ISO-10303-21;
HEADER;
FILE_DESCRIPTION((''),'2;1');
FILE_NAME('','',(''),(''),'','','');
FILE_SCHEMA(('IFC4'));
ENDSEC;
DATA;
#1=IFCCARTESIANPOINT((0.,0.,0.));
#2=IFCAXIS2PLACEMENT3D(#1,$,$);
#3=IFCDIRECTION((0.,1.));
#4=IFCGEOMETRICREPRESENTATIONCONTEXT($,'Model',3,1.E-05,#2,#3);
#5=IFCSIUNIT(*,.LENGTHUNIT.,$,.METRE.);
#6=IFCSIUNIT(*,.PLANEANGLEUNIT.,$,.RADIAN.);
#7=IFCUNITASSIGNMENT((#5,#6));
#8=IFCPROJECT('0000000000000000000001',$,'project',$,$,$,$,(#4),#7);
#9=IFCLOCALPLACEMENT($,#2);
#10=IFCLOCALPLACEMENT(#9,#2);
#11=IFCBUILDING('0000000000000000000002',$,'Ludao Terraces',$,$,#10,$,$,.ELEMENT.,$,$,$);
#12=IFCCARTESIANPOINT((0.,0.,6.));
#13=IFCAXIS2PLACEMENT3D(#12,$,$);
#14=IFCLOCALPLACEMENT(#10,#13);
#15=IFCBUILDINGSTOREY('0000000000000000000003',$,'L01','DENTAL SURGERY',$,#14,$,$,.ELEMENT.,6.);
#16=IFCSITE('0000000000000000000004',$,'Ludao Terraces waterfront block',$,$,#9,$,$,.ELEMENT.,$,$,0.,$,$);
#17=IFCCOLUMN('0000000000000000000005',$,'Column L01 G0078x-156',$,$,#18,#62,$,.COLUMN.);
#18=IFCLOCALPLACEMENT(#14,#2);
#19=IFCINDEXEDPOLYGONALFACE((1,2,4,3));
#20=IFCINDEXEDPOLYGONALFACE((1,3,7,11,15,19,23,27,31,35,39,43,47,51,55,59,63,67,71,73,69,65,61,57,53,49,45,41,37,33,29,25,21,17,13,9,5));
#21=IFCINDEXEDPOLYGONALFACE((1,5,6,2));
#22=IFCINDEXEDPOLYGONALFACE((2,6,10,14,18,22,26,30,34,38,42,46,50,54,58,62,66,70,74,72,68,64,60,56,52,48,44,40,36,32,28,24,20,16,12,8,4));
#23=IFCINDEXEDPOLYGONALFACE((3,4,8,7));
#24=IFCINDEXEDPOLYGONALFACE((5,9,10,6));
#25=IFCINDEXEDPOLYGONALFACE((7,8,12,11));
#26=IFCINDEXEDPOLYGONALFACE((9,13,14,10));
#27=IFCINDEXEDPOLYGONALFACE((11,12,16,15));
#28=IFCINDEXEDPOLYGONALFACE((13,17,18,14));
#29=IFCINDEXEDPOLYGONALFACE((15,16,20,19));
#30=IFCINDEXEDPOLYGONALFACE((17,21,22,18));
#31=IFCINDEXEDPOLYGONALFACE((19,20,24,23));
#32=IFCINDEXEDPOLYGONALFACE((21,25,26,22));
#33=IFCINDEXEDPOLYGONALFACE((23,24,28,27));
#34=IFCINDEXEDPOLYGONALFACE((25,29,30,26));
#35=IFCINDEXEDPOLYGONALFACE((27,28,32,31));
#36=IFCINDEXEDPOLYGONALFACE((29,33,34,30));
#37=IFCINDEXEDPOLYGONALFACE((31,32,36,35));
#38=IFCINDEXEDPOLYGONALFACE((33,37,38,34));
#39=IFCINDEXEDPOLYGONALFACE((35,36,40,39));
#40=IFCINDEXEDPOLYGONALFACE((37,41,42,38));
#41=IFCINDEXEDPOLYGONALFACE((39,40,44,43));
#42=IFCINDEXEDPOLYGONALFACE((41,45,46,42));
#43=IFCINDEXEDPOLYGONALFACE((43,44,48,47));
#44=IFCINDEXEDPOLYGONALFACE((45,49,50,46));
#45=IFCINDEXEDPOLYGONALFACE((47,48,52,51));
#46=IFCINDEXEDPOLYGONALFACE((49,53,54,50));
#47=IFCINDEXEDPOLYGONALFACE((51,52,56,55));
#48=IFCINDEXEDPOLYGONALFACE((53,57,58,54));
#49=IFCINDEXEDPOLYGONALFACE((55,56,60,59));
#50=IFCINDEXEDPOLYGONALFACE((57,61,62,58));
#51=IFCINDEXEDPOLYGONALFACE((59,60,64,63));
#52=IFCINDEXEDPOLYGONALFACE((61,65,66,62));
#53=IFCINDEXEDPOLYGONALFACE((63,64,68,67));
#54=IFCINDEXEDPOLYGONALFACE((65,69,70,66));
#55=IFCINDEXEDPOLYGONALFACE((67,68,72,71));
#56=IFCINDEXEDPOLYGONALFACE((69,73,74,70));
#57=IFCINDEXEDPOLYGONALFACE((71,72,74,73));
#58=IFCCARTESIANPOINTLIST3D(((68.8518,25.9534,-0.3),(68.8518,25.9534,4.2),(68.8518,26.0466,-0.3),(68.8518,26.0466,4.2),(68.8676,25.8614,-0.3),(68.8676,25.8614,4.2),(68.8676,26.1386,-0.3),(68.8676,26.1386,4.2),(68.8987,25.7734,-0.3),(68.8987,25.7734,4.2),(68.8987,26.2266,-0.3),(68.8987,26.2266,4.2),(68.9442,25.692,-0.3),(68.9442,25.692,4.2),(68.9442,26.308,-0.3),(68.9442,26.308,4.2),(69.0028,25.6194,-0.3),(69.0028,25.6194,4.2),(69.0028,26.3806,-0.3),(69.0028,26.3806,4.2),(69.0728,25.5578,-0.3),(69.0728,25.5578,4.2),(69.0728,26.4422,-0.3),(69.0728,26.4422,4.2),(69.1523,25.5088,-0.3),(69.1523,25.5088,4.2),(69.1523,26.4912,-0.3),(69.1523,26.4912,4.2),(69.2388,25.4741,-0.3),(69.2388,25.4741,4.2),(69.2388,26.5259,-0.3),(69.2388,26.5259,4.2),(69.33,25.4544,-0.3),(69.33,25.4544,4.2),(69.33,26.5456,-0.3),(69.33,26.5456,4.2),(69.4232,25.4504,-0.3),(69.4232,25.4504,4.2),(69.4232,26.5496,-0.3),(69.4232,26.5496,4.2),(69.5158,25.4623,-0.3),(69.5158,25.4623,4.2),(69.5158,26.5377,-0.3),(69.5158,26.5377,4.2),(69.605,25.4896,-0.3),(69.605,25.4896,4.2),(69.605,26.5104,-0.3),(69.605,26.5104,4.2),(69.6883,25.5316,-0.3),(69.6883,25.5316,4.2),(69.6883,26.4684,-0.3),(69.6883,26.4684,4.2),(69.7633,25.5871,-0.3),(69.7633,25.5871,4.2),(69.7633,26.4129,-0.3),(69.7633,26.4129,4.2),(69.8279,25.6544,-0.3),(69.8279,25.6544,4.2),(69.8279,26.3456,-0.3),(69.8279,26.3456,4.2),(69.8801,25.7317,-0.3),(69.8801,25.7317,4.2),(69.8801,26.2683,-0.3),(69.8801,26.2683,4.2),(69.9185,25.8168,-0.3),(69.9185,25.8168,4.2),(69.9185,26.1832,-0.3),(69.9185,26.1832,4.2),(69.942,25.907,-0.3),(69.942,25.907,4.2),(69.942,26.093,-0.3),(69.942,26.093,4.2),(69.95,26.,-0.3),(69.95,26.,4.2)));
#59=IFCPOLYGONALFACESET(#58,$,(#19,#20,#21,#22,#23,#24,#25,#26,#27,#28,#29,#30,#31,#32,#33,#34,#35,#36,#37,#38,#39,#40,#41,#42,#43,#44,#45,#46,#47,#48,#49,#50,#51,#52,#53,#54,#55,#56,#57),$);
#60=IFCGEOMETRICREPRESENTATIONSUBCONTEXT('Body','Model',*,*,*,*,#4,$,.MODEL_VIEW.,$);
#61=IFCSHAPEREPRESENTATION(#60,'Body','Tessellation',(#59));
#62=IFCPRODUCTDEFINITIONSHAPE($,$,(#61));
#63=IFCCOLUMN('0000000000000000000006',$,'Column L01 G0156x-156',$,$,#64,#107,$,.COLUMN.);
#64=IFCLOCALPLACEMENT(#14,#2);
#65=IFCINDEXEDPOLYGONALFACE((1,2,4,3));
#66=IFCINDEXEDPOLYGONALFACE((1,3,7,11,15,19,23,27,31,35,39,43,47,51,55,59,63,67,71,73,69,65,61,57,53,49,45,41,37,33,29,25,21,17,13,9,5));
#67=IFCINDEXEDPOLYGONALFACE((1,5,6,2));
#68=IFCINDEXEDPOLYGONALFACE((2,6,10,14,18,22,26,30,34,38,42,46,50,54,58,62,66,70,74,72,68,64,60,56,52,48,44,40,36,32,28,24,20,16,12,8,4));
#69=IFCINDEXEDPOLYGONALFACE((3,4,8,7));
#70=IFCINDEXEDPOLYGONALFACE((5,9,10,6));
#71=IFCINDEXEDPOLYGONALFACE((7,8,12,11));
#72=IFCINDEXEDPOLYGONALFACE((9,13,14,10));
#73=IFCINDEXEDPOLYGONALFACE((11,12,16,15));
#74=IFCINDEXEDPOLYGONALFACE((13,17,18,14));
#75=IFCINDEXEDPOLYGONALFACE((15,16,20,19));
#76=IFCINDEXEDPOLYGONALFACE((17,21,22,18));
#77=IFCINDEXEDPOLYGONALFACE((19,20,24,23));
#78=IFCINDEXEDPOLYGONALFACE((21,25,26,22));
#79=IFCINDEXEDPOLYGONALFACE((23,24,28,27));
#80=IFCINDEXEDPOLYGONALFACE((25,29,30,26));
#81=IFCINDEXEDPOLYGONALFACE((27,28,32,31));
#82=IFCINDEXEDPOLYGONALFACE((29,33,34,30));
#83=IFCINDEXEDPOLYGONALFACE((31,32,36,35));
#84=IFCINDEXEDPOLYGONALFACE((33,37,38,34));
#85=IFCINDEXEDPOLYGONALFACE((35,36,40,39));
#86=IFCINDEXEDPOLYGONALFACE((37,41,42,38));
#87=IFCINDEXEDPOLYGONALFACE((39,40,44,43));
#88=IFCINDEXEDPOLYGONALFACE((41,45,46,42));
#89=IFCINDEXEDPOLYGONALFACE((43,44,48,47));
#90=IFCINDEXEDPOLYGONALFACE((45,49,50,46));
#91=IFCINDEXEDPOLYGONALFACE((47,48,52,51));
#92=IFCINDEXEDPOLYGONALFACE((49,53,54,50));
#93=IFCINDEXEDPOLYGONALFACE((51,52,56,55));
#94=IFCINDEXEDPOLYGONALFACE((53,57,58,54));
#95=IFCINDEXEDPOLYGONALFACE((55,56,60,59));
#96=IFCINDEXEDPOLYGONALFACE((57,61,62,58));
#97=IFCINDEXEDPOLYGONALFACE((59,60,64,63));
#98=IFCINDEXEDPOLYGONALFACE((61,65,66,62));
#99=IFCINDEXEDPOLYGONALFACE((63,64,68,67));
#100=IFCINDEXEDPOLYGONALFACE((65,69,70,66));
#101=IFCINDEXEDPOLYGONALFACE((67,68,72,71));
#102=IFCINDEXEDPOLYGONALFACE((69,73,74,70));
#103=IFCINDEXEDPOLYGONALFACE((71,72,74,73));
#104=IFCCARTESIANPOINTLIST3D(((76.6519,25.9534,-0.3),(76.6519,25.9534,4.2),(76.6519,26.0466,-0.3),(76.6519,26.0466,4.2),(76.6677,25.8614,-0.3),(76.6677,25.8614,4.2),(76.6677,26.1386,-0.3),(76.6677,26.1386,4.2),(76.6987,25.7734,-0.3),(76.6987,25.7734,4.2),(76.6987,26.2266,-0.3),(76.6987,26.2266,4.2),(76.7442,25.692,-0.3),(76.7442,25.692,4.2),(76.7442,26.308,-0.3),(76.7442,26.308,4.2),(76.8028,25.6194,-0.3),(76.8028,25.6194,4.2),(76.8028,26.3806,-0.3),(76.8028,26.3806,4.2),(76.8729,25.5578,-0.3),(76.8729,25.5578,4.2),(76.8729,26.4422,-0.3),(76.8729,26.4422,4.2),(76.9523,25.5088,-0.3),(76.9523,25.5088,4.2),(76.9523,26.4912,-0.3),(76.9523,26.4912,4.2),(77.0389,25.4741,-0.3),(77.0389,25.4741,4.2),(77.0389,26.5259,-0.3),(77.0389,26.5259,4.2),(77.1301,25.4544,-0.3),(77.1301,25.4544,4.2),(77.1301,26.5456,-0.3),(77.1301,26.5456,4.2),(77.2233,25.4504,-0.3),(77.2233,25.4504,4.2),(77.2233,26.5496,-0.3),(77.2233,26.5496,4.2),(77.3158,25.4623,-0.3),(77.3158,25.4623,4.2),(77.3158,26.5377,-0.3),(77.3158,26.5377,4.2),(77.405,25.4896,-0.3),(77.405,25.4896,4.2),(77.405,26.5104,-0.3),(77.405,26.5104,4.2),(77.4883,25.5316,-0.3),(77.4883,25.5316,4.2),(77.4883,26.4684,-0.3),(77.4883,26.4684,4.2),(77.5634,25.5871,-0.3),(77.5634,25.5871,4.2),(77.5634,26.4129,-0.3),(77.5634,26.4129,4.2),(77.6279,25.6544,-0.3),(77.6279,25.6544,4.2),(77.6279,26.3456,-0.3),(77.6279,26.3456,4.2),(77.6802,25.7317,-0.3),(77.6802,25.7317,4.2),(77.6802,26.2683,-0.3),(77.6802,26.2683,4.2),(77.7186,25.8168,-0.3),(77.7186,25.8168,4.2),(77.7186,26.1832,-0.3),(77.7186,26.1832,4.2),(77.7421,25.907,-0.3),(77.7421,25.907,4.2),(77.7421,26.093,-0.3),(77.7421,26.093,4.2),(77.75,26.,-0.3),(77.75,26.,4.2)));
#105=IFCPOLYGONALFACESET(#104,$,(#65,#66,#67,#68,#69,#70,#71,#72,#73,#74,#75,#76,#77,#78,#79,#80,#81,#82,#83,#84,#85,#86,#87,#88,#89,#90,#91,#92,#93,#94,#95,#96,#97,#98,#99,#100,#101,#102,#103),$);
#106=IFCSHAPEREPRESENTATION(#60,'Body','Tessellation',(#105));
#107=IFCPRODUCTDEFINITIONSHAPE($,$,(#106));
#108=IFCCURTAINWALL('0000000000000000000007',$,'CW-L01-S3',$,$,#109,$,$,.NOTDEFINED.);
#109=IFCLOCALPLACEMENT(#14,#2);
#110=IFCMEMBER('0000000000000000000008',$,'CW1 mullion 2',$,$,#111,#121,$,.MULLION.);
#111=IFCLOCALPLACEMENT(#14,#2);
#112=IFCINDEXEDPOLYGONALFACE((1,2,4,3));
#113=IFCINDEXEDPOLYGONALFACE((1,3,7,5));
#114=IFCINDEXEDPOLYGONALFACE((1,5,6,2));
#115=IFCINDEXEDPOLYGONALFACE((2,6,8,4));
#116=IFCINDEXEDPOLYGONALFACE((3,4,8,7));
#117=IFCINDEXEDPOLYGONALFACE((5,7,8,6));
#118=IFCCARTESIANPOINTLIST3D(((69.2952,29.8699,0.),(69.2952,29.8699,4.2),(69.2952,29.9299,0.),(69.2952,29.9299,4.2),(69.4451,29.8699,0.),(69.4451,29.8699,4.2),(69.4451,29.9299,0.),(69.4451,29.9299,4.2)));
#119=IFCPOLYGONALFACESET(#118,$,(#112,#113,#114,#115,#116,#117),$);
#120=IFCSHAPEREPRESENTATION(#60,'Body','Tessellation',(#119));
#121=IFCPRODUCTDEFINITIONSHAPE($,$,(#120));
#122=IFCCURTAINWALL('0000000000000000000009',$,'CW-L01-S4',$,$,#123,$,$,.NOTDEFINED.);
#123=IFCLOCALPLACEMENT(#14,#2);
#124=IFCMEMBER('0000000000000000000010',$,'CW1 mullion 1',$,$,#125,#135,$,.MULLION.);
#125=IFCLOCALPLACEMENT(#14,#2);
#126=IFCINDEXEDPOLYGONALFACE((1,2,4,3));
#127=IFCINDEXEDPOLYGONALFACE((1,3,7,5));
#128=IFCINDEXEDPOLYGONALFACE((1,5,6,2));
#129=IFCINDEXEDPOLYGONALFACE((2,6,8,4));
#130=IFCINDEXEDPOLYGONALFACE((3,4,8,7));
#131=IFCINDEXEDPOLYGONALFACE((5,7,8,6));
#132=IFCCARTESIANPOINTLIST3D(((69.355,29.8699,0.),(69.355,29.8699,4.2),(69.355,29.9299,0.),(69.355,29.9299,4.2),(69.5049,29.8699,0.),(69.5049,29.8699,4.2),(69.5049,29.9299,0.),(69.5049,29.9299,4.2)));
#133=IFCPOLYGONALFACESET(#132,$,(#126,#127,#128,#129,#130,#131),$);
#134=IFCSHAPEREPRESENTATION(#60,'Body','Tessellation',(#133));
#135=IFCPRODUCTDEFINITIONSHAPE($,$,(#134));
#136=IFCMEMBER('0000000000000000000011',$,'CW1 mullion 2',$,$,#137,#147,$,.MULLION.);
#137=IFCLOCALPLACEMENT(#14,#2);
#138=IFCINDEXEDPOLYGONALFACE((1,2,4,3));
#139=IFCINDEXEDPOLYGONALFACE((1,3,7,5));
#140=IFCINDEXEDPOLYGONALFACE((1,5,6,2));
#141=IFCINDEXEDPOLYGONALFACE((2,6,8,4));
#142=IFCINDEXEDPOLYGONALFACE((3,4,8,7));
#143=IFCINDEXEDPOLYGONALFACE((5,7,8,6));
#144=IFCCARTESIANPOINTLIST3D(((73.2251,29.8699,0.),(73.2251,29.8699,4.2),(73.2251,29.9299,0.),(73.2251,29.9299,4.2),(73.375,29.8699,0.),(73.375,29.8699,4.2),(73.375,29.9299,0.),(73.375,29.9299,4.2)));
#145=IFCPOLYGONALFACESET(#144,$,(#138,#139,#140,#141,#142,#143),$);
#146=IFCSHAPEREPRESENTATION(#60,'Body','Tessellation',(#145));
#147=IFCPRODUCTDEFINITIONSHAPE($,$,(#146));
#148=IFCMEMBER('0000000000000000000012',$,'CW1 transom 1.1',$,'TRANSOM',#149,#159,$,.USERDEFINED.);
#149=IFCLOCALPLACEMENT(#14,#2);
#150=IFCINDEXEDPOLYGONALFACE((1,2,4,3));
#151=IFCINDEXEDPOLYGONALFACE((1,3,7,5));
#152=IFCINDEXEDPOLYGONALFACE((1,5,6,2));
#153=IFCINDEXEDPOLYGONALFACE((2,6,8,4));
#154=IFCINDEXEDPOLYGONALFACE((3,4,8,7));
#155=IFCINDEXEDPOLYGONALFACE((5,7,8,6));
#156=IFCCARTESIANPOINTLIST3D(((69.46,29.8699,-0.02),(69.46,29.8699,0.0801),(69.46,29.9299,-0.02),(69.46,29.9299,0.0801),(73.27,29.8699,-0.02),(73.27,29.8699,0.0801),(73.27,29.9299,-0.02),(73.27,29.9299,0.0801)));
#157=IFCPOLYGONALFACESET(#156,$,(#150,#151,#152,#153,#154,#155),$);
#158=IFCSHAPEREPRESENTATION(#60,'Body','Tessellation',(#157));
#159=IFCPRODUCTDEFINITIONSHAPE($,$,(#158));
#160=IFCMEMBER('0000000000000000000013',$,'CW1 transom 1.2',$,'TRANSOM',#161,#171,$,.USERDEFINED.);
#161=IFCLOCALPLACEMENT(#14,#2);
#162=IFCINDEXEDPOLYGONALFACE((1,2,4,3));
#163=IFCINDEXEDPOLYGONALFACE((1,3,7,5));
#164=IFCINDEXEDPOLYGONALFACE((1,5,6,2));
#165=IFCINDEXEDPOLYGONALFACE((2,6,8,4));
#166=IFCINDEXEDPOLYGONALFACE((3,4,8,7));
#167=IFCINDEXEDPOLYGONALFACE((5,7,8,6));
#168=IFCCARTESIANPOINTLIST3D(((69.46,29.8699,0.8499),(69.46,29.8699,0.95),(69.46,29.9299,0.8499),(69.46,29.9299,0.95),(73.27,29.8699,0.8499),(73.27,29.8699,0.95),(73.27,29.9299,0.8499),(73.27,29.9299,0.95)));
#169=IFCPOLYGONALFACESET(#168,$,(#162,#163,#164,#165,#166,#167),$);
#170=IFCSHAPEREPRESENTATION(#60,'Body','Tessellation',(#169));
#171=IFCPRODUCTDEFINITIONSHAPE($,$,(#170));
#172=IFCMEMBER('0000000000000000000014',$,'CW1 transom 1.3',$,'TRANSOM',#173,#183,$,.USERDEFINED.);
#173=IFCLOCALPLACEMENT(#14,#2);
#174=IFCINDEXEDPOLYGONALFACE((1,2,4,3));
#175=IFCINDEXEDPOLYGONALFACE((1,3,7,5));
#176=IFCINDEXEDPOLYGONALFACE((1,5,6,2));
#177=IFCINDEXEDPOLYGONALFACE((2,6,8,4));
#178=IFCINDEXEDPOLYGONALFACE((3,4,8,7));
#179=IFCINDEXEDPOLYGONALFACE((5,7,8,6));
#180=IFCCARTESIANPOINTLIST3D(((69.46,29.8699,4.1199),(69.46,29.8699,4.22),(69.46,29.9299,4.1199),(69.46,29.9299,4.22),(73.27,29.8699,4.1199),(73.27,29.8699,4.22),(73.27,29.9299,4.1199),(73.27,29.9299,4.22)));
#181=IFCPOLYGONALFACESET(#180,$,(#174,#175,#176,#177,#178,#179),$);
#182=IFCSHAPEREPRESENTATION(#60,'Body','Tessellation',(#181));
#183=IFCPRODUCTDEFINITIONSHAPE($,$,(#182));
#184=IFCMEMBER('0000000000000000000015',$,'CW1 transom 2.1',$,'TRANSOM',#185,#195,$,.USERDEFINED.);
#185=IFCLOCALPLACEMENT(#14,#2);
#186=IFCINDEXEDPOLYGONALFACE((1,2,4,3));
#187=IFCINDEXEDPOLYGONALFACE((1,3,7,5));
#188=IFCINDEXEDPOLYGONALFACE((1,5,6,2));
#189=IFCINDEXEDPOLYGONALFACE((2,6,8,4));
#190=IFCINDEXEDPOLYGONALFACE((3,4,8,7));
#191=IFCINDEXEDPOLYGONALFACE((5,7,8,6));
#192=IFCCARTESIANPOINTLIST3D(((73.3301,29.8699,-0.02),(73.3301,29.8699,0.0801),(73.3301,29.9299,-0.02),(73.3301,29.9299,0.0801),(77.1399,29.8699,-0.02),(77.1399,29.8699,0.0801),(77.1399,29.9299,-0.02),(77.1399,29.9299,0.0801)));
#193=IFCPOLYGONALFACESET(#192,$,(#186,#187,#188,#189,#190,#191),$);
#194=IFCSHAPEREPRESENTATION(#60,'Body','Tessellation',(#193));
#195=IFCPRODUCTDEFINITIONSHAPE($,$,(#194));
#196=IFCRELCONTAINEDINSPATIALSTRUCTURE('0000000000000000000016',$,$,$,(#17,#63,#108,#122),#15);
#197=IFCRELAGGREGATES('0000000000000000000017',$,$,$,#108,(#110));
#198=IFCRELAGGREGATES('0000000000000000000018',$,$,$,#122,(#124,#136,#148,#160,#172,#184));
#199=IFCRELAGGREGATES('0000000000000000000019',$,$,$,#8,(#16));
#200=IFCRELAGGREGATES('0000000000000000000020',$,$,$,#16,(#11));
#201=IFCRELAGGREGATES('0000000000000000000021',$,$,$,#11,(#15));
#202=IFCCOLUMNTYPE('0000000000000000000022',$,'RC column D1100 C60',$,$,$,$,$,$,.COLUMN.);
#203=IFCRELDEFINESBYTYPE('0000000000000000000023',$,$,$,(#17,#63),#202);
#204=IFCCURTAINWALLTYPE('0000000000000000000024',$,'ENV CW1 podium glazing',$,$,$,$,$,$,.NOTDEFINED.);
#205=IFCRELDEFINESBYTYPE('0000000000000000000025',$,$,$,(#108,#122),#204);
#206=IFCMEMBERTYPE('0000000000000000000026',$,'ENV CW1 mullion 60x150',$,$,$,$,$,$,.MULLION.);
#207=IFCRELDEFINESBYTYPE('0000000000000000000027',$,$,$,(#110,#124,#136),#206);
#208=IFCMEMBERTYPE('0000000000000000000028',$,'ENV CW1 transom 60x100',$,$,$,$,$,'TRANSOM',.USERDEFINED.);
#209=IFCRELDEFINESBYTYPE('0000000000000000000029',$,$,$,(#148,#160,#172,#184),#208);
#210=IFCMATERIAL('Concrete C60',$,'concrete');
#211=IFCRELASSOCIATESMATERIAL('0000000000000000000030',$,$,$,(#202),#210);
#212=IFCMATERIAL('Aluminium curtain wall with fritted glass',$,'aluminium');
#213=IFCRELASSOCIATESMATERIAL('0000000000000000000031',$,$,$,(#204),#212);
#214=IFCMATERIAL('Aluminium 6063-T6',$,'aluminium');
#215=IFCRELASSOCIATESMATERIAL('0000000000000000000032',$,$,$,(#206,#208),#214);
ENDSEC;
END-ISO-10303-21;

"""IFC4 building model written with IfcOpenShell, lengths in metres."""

from ifc_helpers import new_model, si_unit, direction, frame, origin, origin_2d, place, context, subcontext, project, spatial, rectangle, circle, extrude, material, material_profile, profile_set, type_object, element, aggregate, save


model = new_model("IFC4")

# Units and contexts
model_context = context("Model", 3, precision=1e-05, world=origin(), true_north=direction((0.0, 1.0)))
body_context = subcontext(model_context, "Body", "Model", "MODEL_VIEW")
ifc_project = project(units=[si_unit("LENGTHUNIT", "METRE"), si_unit("PLANEANGLEUNIT", "RADIAN")], contexts=[model_context])

# Site, building, storey
site_placement = place(None, origin())
site = spatial("IfcSite", under=ifc_project, at=site_placement, Name="Ludao Terraces waterfront block", CompositionType="ELEMENT", RefElevation=0.0)
building_placement = place(site_placement, origin())
building = spatial("IfcBuilding", under=site, at=building_placement, Name="Ludao Terraces", CompositionType="ELEMENT")
storey_placement = place(building_placement, frame((0.0, 0.0, 6.0)))
storey = spatial("IfcBuildingStorey", under=building, at=storey_placement, Name="L01", Description="DENTAL SURGERY", CompositionType="ELEMENT", Elevation=6.0)

# Columns
ifc_material_1 = material(Name="Concrete C60", Category="concrete")
ifc_material_profile_1 = material_profile(ifc_material_1, circle(Radius=0.55, at=origin_2d()), Name="D1100")
ifc_profile_set_1 = profile_set([ifc_material_profile_1], Name="Concrete C60")
column_type = type_object("IfcColumnType", Name="RC column D1100 C60", PredefinedType="COLUMN", material=ifc_profile_set_1)
for number, where, z_axis, x_axis, name in (
    (1, (69.3999, 26.0, -0.3), (0.0, 0.0, 1.0), (1.0, 0.0, 0.0), "Column L01 G0078x-156"),
    (2, (77.2, 26.0, -0.3), (0.0, 0.0, 1.0), (1.0, 0.0, 0.0), "Column L01 G0156x-156"),
):
    element("IfcColumn", number, at=place(storey_placement, frame(where, z_axis=z_axis, x_axis=x_axis)), inside=storey, type_object=column_type, Name=name, PredefinedType="COLUMN", context=body_context, shape_type="SweptSolid", body=[
        extrude(circle(Radius=0.55, at=origin_2d()), origin(), (0.0, 0.0, 1.0), 4.5),
    ])

# Curtain wall, member
ifc_material_2 = material(Name="Aluminium curtain wall with fritted glass", Category="aluminium")
curtain_wall_type = type_object("IfcCurtainWallType", Name="ENV CW1 podium glazing", PredefinedType="NOTDEFINED", material=ifc_material_2)
curtain_wall_1_placement = place(storey_placement, origin())
curtain_wall_1 = element("IfcCurtainWall", 3, at=curtain_wall_1_placement, inside=storey, type_object=curtain_wall_type, Name="CW-L01-S3", PredefinedType="NOTDEFINED")
ifc_material_3 = material(Name="Aluminium 6063-T6", Category="aluminium")
ifc_material_profile_2 = material_profile(ifc_material_3, rectangle(XDim=0.0601, YDim=0.1499, at=origin_2d()), Name="60 X 150")
ifc_profile_set_2 = profile_set([ifc_material_profile_2], Name="Aluminium 6063-T6")
member_type_1 = type_object("IfcMemberType", Name="ENV CW1 mullion 60x150", PredefinedType="MULLION", material=ifc_profile_set_2)
member_1_placement = place(storey_placement, frame((69.3701, 29.8999, 0.0), z_axis=(0.0, 0.0, 1.0), x_axis=(0.0, 1.0, 0.0)))
member_1 = element("IfcMember", 4, at=member_1_placement, type_object=member_type_1, Name="CW1 mullion 2", PredefinedType="MULLION", context=body_context, shape_type="SweptSolid", body=[
    extrude(rectangle(XDim=0.0601, YDim=0.1499, at=origin_2d()), origin(), (0.0, 0.0, 1.0), 4.2),
])

# Curtain wall, members
curtain_wall_2_placement = place(storey_placement, origin())
curtain_wall_2 = element("IfcCurtainWall", 5, at=curtain_wall_2_placement, inside=storey, type_object=curtain_wall_type, Name="CW-L01-S4", PredefinedType="NOTDEFINED")
member_2_placement = place(storey_placement, frame((69.4299, 29.8999, 0.0), z_axis=(0.0, 0.0, 1.0), x_axis=(0.0, 1.0, 0.0)))
member_2 = element("IfcMember", 6, at=member_2_placement, type_object=member_type_1, Name="CW1 mullion 1", PredefinedType="MULLION", context=body_context, shape_type="SweptSolid", body=[
    extrude(rectangle(XDim=0.0601, YDim=0.1499, at=origin_2d()), origin(), (0.0, 0.0, 1.0), 4.2),
])
member_3_placement = place(storey_placement, frame((73.3, 29.8999, 0.0), z_axis=(0.0, 0.0, 1.0), x_axis=(0.0, 1.0, 0.0)))
member_3 = element("IfcMember", 7, at=member_3_placement, type_object=member_type_1, Name="CW1 mullion 2", PredefinedType="MULLION", context=body_context, shape_type="SweptSolid", body=[
    extrude(rectangle(XDim=0.0601, YDim=0.1499, at=origin_2d()), origin(), (0.0, 0.0, 1.0), 4.2),
])
ifc_material_profile_3 = material_profile(ifc_material_3, rectangle(XDim=0.0601, YDim=0.1001, at=origin_2d()), Name="60 X 100")
ifc_profile_set_3 = profile_set([ifc_material_profile_3], Name="Aluminium 6063-T6")
member_type_2 = type_object("IfcMemberType", Name="ENV CW1 transom 60x100", ElementType="TRANSOM", PredefinedType="USERDEFINED", material=ifc_profile_set_3)
member_4_placement = place(storey_placement, frame((69.46, 29.8999, 0.03), z_axis=(1.0, 0.0, 0.0), x_axis=(0.0, 1.0, 0.0)))
member_4 = element("IfcMember", 8, at=member_4_placement, type_object=member_type_2, Name="CW1 transom 1.1", ObjectType="TRANSOM", PredefinedType="USERDEFINED", context=body_context, shape_type="SweptSolid", body=[
    extrude(rectangle(XDim=0.0601, YDim=0.1001, at=origin_2d()), origin(), (0.0, 0.0, 1.0), 3.8101),
])
member_5_placement = place(storey_placement, frame((69.46, 29.8999, 0.8999), z_axis=(1.0, 0.0, 0.0), x_axis=(0.0, 1.0, 0.0)))
member_5 = element("IfcMember", 9, at=member_5_placement, type_object=member_type_2, Name="CW1 transom 1.2", ObjectType="TRANSOM", PredefinedType="USERDEFINED", context=body_context, shape_type="SweptSolid", body=[
    extrude(rectangle(XDim=0.0601, YDim=0.1001, at=origin_2d()), origin(), (0.0, 0.0, 1.0), 3.8101),
])
member_6_placement = place(storey_placement, frame((69.46, 29.8999, 4.1699), z_axis=(1.0, 0.0, 0.0), x_axis=(0.0, 1.0, 0.0)))
member_6 = element("IfcMember", 10, at=member_6_placement, type_object=member_type_2, Name="CW1 transom 1.3", ObjectType="TRANSOM", PredefinedType="USERDEFINED", context=body_context, shape_type="SweptSolid", body=[
    extrude(rectangle(XDim=0.0601, YDim=0.1001, at=origin_2d()), origin(), (0.0, 0.0, 1.0), 3.8101),
])
member_7_placement = place(storey_placement, frame((73.3301, 29.8999, 0.03), z_axis=(1.0, 0.0, 0.0), x_axis=(0.0, 1.0, 0.0)))
member_7 = element("IfcMember", 11, at=member_7_placement, type_object=member_type_2, Name="CW1 transom 2.1", ObjectType="TRANSOM", PredefinedType="USERDEFINED", context=body_context, shape_type="SweptSolid", body=[
    extrude(rectangle(XDim=0.0601, YDim=0.1001, at=origin_2d()), origin(), (0.0, 0.0, 1.0), 3.8098),
])

aggregate(curtain_wall_1, [member_1])
aggregate(curtain_wall_2, [member_2, member_3, member_4, member_5, member_6, member_7])

save(model, "model.ifc")
